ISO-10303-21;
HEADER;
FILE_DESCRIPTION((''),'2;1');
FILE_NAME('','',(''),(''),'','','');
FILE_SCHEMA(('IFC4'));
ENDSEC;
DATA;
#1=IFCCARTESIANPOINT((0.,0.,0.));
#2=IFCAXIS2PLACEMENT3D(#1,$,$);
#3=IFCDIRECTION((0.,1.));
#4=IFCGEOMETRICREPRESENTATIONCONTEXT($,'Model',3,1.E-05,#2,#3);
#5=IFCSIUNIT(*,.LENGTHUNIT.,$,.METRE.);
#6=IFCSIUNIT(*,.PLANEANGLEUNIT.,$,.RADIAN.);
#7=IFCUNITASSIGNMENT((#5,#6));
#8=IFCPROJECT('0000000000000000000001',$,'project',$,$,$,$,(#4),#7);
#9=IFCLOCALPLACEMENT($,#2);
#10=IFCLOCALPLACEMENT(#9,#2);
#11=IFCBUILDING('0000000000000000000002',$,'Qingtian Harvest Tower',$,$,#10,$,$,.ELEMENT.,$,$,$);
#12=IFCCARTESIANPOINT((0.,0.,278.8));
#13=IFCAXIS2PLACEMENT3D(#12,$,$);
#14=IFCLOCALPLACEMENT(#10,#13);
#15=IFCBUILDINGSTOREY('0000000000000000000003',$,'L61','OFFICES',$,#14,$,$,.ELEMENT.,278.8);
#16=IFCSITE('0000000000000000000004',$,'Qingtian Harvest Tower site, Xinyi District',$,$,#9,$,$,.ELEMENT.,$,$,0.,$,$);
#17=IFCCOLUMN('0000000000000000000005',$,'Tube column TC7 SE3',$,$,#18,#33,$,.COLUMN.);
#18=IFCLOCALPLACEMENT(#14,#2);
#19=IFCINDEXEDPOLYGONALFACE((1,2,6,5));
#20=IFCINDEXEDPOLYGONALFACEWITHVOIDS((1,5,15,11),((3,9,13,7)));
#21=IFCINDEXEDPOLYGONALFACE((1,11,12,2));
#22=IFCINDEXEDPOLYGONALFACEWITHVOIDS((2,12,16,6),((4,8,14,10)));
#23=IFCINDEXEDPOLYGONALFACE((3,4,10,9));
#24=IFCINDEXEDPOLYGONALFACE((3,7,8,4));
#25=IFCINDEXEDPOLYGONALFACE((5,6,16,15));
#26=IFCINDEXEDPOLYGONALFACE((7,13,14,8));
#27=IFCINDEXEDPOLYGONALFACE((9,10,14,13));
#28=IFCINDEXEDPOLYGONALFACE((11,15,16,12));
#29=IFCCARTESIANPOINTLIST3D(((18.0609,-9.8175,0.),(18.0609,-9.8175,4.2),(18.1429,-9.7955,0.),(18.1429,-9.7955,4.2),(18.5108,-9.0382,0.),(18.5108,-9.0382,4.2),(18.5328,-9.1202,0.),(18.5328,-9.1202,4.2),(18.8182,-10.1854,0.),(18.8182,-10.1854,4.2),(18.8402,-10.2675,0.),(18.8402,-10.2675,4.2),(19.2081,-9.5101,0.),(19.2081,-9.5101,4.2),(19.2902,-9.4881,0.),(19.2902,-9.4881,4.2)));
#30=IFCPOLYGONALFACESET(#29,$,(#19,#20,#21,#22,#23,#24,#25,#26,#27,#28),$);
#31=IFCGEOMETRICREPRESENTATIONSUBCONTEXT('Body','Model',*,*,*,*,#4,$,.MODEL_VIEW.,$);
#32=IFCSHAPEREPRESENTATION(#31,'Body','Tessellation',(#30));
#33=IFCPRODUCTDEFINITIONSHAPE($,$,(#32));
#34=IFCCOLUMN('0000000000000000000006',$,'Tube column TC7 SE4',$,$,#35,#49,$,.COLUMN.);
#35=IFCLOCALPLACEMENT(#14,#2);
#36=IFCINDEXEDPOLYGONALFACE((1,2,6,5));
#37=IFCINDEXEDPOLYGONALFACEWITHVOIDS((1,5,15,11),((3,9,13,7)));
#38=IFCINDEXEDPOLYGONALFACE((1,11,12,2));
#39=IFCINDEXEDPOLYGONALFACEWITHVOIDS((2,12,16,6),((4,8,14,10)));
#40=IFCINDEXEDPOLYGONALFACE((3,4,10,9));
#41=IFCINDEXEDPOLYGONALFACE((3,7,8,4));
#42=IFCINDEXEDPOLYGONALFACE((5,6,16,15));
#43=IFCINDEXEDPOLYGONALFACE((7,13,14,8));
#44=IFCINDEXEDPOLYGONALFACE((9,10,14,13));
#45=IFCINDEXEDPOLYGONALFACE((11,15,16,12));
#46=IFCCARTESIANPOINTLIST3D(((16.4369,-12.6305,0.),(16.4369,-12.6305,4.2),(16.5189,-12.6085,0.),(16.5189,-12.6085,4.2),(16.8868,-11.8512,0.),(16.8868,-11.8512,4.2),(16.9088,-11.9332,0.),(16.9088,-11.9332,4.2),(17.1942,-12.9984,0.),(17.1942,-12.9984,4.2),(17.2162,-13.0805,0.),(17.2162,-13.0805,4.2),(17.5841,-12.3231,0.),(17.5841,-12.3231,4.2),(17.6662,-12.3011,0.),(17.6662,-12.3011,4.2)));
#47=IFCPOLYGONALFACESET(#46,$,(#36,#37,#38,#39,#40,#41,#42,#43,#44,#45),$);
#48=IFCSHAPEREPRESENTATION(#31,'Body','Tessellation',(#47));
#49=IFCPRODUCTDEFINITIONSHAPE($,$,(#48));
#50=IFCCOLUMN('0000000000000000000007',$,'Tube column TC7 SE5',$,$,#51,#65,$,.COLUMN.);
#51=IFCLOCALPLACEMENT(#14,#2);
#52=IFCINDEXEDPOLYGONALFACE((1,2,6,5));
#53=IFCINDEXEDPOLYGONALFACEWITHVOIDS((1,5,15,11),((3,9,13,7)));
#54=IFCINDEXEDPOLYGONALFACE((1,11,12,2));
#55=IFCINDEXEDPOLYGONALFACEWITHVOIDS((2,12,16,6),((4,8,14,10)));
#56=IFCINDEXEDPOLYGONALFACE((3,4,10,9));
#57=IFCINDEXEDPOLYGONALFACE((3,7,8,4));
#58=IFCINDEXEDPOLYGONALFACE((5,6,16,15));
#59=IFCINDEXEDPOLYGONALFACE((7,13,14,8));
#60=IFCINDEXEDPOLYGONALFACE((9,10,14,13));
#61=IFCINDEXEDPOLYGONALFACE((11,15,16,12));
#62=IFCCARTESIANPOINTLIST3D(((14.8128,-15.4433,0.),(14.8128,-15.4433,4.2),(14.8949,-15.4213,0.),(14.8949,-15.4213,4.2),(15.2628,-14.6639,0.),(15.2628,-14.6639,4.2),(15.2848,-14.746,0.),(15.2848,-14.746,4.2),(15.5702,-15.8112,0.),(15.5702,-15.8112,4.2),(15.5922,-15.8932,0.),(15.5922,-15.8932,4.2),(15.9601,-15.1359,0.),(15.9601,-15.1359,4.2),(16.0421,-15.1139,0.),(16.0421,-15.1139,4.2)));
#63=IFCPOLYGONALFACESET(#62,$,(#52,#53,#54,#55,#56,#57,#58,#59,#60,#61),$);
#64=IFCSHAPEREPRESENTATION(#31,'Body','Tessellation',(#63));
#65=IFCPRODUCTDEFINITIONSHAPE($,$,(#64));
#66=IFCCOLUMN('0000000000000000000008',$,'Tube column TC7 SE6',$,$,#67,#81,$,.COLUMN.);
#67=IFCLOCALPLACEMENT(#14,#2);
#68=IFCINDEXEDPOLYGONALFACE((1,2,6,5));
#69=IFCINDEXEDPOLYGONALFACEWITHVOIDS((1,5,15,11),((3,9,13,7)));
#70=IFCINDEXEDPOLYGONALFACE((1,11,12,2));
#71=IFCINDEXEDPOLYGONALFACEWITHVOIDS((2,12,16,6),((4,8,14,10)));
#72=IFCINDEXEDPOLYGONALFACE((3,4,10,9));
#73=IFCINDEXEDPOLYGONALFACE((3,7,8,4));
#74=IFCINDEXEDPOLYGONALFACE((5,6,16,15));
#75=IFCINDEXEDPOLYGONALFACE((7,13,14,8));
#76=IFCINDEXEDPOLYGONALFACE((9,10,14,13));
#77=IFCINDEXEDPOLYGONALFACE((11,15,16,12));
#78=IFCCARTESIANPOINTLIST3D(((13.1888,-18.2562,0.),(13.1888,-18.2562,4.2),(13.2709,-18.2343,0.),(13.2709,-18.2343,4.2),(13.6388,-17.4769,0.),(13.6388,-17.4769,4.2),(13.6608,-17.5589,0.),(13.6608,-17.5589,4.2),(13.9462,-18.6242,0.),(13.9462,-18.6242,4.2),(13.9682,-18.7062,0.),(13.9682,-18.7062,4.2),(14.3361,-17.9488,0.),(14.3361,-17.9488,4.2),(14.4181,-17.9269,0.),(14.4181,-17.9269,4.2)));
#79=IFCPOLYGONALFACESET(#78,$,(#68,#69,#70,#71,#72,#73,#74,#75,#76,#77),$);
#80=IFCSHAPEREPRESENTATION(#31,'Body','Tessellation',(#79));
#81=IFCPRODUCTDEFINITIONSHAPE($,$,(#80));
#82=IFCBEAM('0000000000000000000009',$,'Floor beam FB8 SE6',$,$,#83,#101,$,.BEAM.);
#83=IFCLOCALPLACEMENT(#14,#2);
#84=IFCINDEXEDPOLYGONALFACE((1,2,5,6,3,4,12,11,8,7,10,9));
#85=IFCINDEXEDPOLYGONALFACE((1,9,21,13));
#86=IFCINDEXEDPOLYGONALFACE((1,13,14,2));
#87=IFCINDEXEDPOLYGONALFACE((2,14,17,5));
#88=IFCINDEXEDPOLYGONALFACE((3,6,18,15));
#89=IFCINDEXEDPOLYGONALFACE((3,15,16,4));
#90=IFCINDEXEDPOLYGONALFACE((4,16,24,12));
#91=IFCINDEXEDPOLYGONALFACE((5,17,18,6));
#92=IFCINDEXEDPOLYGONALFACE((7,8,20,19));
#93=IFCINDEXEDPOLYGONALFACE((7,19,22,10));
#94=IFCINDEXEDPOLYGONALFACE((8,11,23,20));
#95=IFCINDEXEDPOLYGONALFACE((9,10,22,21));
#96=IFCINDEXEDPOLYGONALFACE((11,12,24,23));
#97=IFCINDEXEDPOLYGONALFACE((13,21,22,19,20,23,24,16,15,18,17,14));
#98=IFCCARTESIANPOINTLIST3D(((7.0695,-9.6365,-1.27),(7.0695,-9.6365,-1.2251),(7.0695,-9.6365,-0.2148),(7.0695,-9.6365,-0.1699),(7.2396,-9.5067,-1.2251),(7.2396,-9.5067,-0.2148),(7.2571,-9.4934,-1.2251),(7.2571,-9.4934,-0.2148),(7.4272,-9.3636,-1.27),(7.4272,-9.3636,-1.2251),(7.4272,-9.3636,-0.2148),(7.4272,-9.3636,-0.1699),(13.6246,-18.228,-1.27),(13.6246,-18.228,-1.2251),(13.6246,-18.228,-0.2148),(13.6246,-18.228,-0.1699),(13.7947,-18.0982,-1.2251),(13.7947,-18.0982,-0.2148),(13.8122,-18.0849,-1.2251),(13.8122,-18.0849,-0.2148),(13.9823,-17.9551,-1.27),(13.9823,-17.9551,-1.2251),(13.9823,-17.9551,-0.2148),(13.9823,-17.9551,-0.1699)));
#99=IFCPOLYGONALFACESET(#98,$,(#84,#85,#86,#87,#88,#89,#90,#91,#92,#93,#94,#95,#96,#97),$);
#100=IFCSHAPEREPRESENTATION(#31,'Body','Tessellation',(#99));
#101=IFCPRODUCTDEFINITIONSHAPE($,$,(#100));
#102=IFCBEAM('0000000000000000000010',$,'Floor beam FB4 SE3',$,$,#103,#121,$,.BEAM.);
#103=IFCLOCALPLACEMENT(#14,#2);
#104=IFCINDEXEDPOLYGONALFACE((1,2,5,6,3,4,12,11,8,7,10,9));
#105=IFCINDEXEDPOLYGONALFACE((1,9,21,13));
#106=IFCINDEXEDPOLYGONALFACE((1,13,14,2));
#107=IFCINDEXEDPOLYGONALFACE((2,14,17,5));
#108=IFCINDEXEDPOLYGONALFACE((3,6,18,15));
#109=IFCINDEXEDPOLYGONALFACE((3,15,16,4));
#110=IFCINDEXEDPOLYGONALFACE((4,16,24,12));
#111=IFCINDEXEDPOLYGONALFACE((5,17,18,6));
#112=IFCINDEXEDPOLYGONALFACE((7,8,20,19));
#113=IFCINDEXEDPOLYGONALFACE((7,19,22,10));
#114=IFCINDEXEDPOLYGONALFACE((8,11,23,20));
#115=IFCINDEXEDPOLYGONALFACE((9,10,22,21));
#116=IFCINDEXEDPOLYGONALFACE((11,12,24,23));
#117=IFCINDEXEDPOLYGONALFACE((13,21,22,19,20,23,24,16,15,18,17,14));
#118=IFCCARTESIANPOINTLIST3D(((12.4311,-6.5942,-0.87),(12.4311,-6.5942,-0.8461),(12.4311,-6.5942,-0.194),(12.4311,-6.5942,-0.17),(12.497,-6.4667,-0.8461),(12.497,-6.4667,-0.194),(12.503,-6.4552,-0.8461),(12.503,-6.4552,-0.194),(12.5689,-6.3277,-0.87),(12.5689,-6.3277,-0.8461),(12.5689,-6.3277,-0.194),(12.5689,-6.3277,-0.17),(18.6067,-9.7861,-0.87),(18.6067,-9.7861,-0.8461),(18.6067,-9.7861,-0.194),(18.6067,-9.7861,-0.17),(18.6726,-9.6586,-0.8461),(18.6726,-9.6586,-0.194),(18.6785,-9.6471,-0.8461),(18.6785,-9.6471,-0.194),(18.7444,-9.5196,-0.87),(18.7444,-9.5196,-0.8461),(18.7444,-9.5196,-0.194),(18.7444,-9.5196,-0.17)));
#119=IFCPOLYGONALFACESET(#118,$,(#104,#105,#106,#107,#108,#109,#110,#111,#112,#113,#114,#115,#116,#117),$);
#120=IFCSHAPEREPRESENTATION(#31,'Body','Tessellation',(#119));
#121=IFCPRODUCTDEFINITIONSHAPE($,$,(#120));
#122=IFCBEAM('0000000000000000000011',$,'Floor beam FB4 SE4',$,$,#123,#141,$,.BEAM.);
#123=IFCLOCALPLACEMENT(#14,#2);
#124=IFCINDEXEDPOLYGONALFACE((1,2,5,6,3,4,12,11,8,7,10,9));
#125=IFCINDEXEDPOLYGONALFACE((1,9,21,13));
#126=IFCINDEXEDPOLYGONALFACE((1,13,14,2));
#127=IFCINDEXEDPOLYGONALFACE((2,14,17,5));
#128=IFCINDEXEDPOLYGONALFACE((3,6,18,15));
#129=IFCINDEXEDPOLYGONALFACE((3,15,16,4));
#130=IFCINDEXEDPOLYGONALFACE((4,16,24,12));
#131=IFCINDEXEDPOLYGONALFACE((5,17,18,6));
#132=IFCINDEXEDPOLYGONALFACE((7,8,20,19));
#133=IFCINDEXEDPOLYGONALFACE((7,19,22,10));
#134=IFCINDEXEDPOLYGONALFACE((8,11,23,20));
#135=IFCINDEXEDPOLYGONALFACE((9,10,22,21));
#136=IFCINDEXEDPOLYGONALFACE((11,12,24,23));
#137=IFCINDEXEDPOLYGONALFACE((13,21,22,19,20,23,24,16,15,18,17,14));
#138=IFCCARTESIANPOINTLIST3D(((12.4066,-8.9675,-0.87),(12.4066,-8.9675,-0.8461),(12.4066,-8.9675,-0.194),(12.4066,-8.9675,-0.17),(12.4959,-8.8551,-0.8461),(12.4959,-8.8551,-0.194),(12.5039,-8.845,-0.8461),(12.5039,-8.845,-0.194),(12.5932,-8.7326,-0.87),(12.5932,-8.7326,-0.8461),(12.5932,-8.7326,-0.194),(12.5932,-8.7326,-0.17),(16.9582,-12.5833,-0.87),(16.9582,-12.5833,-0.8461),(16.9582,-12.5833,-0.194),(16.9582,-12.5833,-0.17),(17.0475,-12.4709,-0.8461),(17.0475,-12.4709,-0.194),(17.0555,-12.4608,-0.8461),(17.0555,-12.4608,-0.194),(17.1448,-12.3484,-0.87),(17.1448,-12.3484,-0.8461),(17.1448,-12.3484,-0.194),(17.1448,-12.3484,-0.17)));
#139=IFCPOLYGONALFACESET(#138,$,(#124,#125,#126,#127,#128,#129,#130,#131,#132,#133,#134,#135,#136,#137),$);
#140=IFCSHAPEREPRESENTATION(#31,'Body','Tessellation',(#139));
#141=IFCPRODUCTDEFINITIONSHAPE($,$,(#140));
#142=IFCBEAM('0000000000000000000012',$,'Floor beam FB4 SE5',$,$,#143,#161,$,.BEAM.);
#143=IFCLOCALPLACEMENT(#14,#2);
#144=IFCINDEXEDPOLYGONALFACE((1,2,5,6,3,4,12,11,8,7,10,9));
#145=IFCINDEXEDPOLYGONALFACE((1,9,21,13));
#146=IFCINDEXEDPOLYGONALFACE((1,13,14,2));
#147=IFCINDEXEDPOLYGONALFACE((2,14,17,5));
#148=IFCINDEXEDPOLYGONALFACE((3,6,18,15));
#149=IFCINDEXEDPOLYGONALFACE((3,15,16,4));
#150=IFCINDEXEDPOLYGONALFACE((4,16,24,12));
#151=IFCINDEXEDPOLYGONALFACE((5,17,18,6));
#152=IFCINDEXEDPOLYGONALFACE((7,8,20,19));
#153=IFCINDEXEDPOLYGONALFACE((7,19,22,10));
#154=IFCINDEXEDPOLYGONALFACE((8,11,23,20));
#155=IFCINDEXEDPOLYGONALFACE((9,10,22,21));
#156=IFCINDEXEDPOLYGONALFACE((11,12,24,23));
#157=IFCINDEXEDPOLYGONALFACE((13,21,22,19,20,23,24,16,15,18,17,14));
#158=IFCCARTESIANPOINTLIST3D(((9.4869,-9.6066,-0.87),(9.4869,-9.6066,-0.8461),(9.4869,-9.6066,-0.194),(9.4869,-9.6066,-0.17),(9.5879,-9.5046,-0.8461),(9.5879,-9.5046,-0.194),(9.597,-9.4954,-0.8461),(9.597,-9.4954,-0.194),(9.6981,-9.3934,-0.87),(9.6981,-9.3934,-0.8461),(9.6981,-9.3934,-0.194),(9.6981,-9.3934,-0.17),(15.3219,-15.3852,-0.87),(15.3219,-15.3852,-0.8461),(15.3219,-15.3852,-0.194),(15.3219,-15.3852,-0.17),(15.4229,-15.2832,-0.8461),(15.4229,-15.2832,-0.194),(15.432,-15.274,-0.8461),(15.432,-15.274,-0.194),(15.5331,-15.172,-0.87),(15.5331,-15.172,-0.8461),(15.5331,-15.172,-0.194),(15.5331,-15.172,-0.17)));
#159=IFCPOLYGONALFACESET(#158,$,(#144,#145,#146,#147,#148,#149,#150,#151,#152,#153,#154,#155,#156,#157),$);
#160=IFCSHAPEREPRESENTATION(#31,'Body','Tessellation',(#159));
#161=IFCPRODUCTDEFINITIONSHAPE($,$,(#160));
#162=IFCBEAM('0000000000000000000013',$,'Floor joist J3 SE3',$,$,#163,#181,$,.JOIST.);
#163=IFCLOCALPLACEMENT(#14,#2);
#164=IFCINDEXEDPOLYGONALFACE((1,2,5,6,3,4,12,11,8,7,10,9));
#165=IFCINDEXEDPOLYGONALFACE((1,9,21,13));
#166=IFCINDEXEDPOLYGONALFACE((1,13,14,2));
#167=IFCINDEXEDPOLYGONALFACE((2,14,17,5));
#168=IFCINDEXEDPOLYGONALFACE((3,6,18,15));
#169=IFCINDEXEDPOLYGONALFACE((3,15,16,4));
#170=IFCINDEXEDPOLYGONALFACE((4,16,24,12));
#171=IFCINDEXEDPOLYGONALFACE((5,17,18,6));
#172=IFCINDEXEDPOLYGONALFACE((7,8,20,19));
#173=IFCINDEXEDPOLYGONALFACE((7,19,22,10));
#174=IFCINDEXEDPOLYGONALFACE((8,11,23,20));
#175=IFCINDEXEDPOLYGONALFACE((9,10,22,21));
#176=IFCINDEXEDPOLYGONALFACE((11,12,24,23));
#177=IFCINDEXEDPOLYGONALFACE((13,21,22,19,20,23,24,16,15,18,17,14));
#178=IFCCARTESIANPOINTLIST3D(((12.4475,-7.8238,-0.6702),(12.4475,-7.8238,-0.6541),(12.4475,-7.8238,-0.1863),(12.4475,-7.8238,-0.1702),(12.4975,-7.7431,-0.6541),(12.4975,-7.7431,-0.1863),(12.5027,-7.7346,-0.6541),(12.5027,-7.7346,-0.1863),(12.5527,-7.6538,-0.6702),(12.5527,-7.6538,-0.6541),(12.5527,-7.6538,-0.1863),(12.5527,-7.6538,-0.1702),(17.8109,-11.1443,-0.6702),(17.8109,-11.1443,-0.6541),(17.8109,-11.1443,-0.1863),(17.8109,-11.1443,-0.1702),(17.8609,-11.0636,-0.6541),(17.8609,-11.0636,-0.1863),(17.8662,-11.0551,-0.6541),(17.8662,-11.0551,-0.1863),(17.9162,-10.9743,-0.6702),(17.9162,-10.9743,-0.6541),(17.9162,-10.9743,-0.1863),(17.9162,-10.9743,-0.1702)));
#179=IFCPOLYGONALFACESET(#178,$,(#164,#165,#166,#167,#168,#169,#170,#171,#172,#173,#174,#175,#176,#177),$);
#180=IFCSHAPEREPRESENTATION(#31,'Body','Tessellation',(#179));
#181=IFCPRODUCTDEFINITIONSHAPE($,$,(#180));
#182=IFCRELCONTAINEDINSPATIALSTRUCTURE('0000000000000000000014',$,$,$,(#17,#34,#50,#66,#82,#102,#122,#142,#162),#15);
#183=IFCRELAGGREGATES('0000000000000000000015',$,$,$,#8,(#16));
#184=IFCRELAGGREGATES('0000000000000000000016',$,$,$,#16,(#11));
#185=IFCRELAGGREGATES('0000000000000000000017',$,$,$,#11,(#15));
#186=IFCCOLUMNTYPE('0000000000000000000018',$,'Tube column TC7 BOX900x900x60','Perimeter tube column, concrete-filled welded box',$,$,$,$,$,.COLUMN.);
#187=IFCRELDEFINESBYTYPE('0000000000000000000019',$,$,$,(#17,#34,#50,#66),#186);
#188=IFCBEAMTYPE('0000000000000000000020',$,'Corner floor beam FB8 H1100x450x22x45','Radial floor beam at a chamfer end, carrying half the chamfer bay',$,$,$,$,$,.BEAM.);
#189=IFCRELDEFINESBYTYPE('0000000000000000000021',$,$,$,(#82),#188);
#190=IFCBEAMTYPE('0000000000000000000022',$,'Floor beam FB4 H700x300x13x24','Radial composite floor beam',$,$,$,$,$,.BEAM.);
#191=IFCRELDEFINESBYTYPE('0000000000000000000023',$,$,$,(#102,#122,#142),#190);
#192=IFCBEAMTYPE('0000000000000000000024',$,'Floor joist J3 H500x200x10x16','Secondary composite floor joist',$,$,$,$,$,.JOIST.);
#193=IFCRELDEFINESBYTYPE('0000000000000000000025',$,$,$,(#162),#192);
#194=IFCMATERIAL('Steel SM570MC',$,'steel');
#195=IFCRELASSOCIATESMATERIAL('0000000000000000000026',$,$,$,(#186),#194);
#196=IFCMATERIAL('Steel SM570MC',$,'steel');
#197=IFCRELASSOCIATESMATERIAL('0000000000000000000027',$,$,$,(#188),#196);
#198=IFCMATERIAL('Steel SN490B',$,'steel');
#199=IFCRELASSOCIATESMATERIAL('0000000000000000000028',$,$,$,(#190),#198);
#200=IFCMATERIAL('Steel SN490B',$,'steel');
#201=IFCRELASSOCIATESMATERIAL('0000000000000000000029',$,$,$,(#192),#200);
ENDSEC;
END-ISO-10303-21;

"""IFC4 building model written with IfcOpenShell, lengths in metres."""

from ifc_helpers import new_model, si_unit, direction, frame, origin, origin_2d, place, context, subcontext, project, spatial, hollow_rectangle, i_section, extrude, material, material_profile, profile_set, type_object, element, save


model = new_model("IFC4")

# Units and contexts
model_context = context("Model", 3, precision=1e-05, world=origin(), true_north=direction((0.0, 1.0)))
body_context = subcontext(model_context, "Body", "Model", "MODEL_VIEW")
ifc_project = project(units=[si_unit("LENGTHUNIT", "METRE"), si_unit("PLANEANGLEUNIT", "RADIAN")], contexts=[model_context])

# Site, building, storey
site_placement = place(None, origin())
site = spatial("IfcSite", under=ifc_project, at=site_placement, Name="Qingtian Harvest Tower site, Xinyi District", CompositionType="ELEMENT", RefElevation=0.0)
building_placement = place(site_placement, origin())
building = spatial("IfcBuilding", under=site, at=building_placement, Name="Qingtian Harvest Tower", CompositionType="ELEMENT")
storey_placement = place(building_placement, frame((0.0, 0.0, 278.8)))
storey = spatial("IfcBuildingStorey", under=building, at=storey_placement, Name="L61", Description="OFFICES", CompositionType="ELEMENT", Elevation=278.8)

# Columns
ifc_material_1 = material(Name="Steel SM570MC", Category="steel")
ifc_material_profile_1 = material_profile(ifc_material_1, hollow_rectangle(XDim=0.8999, YDim=0.8999, WallThickness=0.0601, at=origin_2d()), Name="BOX900x900x60")
ifc_profile_set_1 = profile_set([ifc_material_profile_1], Name="Steel SM570MC")
column_type = type_object("IfcColumnType", Name="Tube column TC7 BOX900x900x60", Description="Perimeter tube column, concrete-filled welded box", PredefinedType="COLUMN", material=ifc_profile_set_1)
for number, where, z_axis, x_axis, name in (
    (1, (18.6755, -9.6528, 0.0), (0.0, 0.0, 1.0), (0.5, 0.866025, 0.0), "Tube column TC7 SE3"),
    (2, (17.0515, -12.4658, 0.0), (0.0, 0.0, 1.0), (0.5, 0.866025, 0.0), "Tube column TC7 SE4"),
    (3, (15.4275, -15.2786, 0.0), (0.0, 0.0, 1.0), (0.5, 0.866025, 0.0), "Tube column TC7 SE5"),
    (4, (13.8035, -18.0916, 0.0), (0.0, 0.0, 1.0), (0.5, 0.866025, 0.0), "Tube column TC7 SE6"),
):
    element("IfcColumn", number, at=place(storey_placement, frame(where, z_axis=z_axis, x_axis=x_axis)), inside=storey, type_object=column_type, Name=name, PredefinedType="COLUMN", context=body_context, shape_type="SweptSolid", body=[
        extrude(hollow_rectangle(XDim=0.8999, YDim=0.8999, WallThickness=0.0601, at=origin_2d()), origin(), (0.0, 0.0, 1.0), 4.2),
    ])

# Beams
ifc_material_2 = material(Name="Steel SM570MC", Category="steel")
ifc_material_profile_2 = material_profile(ifc_material_2, i_section(OverallWidth=0.45, OverallDepth=1.1001, WebThickness=0.022, FlangeThickness=0.0449, at=origin_2d()), Name="H1100x450x22x45")
ifc_profile_set_2 = profile_set([ifc_material_profile_2], Name="Steel SM570MC")
beam_type_1 = type_object("IfcBeamType", Name="Corner floor beam FB8 H1100x450x22x45", Description="Radial floor beam at a chamfer end, carrying half the chamfer bay", PredefinedType="BEAM", material=ifc_profile_set_2)
beam_1_placement = place(storey_placement, frame((13.8035, -18.0916, -0.72), z_axis=(-0.606584, 0.79502, 0.0), x_axis=(-0.79502, -0.606584, 0.0)))
element("IfcBeam", 5, at=beam_1_placement, inside=storey, type_object=beam_type_1, Name="Floor beam FB8 SE6", PredefinedType="BEAM", context=body_context, shape_type="SweptSolid", body=[
    extrude(i_section(OverallWidth=0.45, OverallDepth=1.1001, WebThickness=0.022, FlangeThickness=0.0449, at=origin_2d()), origin(), (0.0, 0.0, 1.0), 10.8066),
])
ifc_material_3 = material(Name="Steel SN490B", Category="steel")
ifc_material_profile_3 = material_profile(ifc_material_3, i_section(OverallWidth=0.3, OverallDepth=0.7, WebThickness=0.0129, FlangeThickness=0.0239, at=origin_2d()), Name="H700x300x13x24")
ifc_profile_set_3 = profile_set([ifc_material_profile_3], Name="Steel SN490B")
beam_type_2 = type_object("IfcBeamType", Name="Floor beam FB4 H700x300x13x24", Description="Radial composite floor beam", PredefinedType="BEAM", material=ifc_profile_set_3)
beam_2_placement = place(storey_placement, frame((18.6755, -9.6528, -0.52), z_axis=(-0.888355, 0.459156, 0.0), x_axis=(-0.459156, -0.888355, 0.0)))
element("IfcBeam", 6, at=beam_2_placement, inside=storey, type_object=beam_type_2, Name="Floor beam FB4 SE3", PredefinedType="BEAM", context=body_context, shape_type="SweptSolid", body=[
    extrude(i_section(OverallWidth=0.3, OverallDepth=0.7, WebThickness=0.0129, FlangeThickness=0.0239, at=origin_2d()), origin(), (0.0, 0.0, 1.0), 6.9517),
])
beam_3_placement = place(storey_placement, frame((17.0515, -12.4658, -0.52), z_axis=(-0.783003, 0.622018, 0.0), x_axis=(-0.622018, -0.783003, 0.0)))
element("IfcBeam", 7, at=beam_3_placement, inside=storey, type_object=beam_type_2, Name="Floor beam FB4 SE4", PredefinedType="BEAM", context=body_context, shape_type="SweptSolid", body=[
    extrude(i_section(OverallWidth=0.3, OverallDepth=0.7, WebThickness=0.0129, FlangeThickness=0.0239, at=origin_2d()), origin(), (0.0, 0.0, 1.0), 5.813),
])
beam_4_placement = place(storey_placement, frame((15.4275, -15.2786, -0.52), z_axis=(-0.710532, 0.703665, 0.0), x_axis=(-0.703665, -0.710532, 0.0)))
element("IfcBeam", 8, at=beam_4_placement, inside=storey, type_object=beam_type_2, Name="Floor beam FB4 SE5", PredefinedType="BEAM", context=body_context, shape_type="SweptSolid", body=[
    extrude(i_section(OverallWidth=0.3, OverallDepth=0.7, WebThickness=0.0129, FlangeThickness=0.0239, at=origin_2d()), origin(), (0.0, 0.0, 1.0), 8.2122),
])
ifc_material_4 = material(Name="Steel SN490B", Category="steel")
ifc_material_profile_4 = material_profile(ifc_material_4, i_section(OverallWidth=0.2, OverallDepth=0.5, WebThickness=0.01, FlangeThickness=0.0161, at=origin_2d()), Name="H500x200x10x16")
ifc_profile_set_4 = profile_set([ifc_material_profile_4], Name="Steel SN490B")
beam_type_3 = type_object("IfcBeamType", Name="Floor joist J3 H500x200x10x16", Description="Secondary composite floor joist", PredefinedType="JOIST", material=ifc_profile_set_4)
beam_5_placement = place(storey_placement, frame((17.8635, -11.0593, -0.4202), z_axis=(-0.850245, 0.526387, 0.0), x_axis=(-0.526387, -0.850245, 0.0)))
element("IfcBeam", 9, at=beam_5_placement, inside=storey, type_object=beam_type_3, Name="Floor joist J3 SE3", PredefinedType="JOIST", context=body_context, shape_type="SweptSolid", body=[
    extrude(i_section(OverallWidth=0.2, OverallDepth=0.5, WebThickness=0.01, FlangeThickness=0.0161, at=origin_2d()), origin(), (0.0, 0.0, 1.0), 6.3081),
])

save(model, "model.ifc")
